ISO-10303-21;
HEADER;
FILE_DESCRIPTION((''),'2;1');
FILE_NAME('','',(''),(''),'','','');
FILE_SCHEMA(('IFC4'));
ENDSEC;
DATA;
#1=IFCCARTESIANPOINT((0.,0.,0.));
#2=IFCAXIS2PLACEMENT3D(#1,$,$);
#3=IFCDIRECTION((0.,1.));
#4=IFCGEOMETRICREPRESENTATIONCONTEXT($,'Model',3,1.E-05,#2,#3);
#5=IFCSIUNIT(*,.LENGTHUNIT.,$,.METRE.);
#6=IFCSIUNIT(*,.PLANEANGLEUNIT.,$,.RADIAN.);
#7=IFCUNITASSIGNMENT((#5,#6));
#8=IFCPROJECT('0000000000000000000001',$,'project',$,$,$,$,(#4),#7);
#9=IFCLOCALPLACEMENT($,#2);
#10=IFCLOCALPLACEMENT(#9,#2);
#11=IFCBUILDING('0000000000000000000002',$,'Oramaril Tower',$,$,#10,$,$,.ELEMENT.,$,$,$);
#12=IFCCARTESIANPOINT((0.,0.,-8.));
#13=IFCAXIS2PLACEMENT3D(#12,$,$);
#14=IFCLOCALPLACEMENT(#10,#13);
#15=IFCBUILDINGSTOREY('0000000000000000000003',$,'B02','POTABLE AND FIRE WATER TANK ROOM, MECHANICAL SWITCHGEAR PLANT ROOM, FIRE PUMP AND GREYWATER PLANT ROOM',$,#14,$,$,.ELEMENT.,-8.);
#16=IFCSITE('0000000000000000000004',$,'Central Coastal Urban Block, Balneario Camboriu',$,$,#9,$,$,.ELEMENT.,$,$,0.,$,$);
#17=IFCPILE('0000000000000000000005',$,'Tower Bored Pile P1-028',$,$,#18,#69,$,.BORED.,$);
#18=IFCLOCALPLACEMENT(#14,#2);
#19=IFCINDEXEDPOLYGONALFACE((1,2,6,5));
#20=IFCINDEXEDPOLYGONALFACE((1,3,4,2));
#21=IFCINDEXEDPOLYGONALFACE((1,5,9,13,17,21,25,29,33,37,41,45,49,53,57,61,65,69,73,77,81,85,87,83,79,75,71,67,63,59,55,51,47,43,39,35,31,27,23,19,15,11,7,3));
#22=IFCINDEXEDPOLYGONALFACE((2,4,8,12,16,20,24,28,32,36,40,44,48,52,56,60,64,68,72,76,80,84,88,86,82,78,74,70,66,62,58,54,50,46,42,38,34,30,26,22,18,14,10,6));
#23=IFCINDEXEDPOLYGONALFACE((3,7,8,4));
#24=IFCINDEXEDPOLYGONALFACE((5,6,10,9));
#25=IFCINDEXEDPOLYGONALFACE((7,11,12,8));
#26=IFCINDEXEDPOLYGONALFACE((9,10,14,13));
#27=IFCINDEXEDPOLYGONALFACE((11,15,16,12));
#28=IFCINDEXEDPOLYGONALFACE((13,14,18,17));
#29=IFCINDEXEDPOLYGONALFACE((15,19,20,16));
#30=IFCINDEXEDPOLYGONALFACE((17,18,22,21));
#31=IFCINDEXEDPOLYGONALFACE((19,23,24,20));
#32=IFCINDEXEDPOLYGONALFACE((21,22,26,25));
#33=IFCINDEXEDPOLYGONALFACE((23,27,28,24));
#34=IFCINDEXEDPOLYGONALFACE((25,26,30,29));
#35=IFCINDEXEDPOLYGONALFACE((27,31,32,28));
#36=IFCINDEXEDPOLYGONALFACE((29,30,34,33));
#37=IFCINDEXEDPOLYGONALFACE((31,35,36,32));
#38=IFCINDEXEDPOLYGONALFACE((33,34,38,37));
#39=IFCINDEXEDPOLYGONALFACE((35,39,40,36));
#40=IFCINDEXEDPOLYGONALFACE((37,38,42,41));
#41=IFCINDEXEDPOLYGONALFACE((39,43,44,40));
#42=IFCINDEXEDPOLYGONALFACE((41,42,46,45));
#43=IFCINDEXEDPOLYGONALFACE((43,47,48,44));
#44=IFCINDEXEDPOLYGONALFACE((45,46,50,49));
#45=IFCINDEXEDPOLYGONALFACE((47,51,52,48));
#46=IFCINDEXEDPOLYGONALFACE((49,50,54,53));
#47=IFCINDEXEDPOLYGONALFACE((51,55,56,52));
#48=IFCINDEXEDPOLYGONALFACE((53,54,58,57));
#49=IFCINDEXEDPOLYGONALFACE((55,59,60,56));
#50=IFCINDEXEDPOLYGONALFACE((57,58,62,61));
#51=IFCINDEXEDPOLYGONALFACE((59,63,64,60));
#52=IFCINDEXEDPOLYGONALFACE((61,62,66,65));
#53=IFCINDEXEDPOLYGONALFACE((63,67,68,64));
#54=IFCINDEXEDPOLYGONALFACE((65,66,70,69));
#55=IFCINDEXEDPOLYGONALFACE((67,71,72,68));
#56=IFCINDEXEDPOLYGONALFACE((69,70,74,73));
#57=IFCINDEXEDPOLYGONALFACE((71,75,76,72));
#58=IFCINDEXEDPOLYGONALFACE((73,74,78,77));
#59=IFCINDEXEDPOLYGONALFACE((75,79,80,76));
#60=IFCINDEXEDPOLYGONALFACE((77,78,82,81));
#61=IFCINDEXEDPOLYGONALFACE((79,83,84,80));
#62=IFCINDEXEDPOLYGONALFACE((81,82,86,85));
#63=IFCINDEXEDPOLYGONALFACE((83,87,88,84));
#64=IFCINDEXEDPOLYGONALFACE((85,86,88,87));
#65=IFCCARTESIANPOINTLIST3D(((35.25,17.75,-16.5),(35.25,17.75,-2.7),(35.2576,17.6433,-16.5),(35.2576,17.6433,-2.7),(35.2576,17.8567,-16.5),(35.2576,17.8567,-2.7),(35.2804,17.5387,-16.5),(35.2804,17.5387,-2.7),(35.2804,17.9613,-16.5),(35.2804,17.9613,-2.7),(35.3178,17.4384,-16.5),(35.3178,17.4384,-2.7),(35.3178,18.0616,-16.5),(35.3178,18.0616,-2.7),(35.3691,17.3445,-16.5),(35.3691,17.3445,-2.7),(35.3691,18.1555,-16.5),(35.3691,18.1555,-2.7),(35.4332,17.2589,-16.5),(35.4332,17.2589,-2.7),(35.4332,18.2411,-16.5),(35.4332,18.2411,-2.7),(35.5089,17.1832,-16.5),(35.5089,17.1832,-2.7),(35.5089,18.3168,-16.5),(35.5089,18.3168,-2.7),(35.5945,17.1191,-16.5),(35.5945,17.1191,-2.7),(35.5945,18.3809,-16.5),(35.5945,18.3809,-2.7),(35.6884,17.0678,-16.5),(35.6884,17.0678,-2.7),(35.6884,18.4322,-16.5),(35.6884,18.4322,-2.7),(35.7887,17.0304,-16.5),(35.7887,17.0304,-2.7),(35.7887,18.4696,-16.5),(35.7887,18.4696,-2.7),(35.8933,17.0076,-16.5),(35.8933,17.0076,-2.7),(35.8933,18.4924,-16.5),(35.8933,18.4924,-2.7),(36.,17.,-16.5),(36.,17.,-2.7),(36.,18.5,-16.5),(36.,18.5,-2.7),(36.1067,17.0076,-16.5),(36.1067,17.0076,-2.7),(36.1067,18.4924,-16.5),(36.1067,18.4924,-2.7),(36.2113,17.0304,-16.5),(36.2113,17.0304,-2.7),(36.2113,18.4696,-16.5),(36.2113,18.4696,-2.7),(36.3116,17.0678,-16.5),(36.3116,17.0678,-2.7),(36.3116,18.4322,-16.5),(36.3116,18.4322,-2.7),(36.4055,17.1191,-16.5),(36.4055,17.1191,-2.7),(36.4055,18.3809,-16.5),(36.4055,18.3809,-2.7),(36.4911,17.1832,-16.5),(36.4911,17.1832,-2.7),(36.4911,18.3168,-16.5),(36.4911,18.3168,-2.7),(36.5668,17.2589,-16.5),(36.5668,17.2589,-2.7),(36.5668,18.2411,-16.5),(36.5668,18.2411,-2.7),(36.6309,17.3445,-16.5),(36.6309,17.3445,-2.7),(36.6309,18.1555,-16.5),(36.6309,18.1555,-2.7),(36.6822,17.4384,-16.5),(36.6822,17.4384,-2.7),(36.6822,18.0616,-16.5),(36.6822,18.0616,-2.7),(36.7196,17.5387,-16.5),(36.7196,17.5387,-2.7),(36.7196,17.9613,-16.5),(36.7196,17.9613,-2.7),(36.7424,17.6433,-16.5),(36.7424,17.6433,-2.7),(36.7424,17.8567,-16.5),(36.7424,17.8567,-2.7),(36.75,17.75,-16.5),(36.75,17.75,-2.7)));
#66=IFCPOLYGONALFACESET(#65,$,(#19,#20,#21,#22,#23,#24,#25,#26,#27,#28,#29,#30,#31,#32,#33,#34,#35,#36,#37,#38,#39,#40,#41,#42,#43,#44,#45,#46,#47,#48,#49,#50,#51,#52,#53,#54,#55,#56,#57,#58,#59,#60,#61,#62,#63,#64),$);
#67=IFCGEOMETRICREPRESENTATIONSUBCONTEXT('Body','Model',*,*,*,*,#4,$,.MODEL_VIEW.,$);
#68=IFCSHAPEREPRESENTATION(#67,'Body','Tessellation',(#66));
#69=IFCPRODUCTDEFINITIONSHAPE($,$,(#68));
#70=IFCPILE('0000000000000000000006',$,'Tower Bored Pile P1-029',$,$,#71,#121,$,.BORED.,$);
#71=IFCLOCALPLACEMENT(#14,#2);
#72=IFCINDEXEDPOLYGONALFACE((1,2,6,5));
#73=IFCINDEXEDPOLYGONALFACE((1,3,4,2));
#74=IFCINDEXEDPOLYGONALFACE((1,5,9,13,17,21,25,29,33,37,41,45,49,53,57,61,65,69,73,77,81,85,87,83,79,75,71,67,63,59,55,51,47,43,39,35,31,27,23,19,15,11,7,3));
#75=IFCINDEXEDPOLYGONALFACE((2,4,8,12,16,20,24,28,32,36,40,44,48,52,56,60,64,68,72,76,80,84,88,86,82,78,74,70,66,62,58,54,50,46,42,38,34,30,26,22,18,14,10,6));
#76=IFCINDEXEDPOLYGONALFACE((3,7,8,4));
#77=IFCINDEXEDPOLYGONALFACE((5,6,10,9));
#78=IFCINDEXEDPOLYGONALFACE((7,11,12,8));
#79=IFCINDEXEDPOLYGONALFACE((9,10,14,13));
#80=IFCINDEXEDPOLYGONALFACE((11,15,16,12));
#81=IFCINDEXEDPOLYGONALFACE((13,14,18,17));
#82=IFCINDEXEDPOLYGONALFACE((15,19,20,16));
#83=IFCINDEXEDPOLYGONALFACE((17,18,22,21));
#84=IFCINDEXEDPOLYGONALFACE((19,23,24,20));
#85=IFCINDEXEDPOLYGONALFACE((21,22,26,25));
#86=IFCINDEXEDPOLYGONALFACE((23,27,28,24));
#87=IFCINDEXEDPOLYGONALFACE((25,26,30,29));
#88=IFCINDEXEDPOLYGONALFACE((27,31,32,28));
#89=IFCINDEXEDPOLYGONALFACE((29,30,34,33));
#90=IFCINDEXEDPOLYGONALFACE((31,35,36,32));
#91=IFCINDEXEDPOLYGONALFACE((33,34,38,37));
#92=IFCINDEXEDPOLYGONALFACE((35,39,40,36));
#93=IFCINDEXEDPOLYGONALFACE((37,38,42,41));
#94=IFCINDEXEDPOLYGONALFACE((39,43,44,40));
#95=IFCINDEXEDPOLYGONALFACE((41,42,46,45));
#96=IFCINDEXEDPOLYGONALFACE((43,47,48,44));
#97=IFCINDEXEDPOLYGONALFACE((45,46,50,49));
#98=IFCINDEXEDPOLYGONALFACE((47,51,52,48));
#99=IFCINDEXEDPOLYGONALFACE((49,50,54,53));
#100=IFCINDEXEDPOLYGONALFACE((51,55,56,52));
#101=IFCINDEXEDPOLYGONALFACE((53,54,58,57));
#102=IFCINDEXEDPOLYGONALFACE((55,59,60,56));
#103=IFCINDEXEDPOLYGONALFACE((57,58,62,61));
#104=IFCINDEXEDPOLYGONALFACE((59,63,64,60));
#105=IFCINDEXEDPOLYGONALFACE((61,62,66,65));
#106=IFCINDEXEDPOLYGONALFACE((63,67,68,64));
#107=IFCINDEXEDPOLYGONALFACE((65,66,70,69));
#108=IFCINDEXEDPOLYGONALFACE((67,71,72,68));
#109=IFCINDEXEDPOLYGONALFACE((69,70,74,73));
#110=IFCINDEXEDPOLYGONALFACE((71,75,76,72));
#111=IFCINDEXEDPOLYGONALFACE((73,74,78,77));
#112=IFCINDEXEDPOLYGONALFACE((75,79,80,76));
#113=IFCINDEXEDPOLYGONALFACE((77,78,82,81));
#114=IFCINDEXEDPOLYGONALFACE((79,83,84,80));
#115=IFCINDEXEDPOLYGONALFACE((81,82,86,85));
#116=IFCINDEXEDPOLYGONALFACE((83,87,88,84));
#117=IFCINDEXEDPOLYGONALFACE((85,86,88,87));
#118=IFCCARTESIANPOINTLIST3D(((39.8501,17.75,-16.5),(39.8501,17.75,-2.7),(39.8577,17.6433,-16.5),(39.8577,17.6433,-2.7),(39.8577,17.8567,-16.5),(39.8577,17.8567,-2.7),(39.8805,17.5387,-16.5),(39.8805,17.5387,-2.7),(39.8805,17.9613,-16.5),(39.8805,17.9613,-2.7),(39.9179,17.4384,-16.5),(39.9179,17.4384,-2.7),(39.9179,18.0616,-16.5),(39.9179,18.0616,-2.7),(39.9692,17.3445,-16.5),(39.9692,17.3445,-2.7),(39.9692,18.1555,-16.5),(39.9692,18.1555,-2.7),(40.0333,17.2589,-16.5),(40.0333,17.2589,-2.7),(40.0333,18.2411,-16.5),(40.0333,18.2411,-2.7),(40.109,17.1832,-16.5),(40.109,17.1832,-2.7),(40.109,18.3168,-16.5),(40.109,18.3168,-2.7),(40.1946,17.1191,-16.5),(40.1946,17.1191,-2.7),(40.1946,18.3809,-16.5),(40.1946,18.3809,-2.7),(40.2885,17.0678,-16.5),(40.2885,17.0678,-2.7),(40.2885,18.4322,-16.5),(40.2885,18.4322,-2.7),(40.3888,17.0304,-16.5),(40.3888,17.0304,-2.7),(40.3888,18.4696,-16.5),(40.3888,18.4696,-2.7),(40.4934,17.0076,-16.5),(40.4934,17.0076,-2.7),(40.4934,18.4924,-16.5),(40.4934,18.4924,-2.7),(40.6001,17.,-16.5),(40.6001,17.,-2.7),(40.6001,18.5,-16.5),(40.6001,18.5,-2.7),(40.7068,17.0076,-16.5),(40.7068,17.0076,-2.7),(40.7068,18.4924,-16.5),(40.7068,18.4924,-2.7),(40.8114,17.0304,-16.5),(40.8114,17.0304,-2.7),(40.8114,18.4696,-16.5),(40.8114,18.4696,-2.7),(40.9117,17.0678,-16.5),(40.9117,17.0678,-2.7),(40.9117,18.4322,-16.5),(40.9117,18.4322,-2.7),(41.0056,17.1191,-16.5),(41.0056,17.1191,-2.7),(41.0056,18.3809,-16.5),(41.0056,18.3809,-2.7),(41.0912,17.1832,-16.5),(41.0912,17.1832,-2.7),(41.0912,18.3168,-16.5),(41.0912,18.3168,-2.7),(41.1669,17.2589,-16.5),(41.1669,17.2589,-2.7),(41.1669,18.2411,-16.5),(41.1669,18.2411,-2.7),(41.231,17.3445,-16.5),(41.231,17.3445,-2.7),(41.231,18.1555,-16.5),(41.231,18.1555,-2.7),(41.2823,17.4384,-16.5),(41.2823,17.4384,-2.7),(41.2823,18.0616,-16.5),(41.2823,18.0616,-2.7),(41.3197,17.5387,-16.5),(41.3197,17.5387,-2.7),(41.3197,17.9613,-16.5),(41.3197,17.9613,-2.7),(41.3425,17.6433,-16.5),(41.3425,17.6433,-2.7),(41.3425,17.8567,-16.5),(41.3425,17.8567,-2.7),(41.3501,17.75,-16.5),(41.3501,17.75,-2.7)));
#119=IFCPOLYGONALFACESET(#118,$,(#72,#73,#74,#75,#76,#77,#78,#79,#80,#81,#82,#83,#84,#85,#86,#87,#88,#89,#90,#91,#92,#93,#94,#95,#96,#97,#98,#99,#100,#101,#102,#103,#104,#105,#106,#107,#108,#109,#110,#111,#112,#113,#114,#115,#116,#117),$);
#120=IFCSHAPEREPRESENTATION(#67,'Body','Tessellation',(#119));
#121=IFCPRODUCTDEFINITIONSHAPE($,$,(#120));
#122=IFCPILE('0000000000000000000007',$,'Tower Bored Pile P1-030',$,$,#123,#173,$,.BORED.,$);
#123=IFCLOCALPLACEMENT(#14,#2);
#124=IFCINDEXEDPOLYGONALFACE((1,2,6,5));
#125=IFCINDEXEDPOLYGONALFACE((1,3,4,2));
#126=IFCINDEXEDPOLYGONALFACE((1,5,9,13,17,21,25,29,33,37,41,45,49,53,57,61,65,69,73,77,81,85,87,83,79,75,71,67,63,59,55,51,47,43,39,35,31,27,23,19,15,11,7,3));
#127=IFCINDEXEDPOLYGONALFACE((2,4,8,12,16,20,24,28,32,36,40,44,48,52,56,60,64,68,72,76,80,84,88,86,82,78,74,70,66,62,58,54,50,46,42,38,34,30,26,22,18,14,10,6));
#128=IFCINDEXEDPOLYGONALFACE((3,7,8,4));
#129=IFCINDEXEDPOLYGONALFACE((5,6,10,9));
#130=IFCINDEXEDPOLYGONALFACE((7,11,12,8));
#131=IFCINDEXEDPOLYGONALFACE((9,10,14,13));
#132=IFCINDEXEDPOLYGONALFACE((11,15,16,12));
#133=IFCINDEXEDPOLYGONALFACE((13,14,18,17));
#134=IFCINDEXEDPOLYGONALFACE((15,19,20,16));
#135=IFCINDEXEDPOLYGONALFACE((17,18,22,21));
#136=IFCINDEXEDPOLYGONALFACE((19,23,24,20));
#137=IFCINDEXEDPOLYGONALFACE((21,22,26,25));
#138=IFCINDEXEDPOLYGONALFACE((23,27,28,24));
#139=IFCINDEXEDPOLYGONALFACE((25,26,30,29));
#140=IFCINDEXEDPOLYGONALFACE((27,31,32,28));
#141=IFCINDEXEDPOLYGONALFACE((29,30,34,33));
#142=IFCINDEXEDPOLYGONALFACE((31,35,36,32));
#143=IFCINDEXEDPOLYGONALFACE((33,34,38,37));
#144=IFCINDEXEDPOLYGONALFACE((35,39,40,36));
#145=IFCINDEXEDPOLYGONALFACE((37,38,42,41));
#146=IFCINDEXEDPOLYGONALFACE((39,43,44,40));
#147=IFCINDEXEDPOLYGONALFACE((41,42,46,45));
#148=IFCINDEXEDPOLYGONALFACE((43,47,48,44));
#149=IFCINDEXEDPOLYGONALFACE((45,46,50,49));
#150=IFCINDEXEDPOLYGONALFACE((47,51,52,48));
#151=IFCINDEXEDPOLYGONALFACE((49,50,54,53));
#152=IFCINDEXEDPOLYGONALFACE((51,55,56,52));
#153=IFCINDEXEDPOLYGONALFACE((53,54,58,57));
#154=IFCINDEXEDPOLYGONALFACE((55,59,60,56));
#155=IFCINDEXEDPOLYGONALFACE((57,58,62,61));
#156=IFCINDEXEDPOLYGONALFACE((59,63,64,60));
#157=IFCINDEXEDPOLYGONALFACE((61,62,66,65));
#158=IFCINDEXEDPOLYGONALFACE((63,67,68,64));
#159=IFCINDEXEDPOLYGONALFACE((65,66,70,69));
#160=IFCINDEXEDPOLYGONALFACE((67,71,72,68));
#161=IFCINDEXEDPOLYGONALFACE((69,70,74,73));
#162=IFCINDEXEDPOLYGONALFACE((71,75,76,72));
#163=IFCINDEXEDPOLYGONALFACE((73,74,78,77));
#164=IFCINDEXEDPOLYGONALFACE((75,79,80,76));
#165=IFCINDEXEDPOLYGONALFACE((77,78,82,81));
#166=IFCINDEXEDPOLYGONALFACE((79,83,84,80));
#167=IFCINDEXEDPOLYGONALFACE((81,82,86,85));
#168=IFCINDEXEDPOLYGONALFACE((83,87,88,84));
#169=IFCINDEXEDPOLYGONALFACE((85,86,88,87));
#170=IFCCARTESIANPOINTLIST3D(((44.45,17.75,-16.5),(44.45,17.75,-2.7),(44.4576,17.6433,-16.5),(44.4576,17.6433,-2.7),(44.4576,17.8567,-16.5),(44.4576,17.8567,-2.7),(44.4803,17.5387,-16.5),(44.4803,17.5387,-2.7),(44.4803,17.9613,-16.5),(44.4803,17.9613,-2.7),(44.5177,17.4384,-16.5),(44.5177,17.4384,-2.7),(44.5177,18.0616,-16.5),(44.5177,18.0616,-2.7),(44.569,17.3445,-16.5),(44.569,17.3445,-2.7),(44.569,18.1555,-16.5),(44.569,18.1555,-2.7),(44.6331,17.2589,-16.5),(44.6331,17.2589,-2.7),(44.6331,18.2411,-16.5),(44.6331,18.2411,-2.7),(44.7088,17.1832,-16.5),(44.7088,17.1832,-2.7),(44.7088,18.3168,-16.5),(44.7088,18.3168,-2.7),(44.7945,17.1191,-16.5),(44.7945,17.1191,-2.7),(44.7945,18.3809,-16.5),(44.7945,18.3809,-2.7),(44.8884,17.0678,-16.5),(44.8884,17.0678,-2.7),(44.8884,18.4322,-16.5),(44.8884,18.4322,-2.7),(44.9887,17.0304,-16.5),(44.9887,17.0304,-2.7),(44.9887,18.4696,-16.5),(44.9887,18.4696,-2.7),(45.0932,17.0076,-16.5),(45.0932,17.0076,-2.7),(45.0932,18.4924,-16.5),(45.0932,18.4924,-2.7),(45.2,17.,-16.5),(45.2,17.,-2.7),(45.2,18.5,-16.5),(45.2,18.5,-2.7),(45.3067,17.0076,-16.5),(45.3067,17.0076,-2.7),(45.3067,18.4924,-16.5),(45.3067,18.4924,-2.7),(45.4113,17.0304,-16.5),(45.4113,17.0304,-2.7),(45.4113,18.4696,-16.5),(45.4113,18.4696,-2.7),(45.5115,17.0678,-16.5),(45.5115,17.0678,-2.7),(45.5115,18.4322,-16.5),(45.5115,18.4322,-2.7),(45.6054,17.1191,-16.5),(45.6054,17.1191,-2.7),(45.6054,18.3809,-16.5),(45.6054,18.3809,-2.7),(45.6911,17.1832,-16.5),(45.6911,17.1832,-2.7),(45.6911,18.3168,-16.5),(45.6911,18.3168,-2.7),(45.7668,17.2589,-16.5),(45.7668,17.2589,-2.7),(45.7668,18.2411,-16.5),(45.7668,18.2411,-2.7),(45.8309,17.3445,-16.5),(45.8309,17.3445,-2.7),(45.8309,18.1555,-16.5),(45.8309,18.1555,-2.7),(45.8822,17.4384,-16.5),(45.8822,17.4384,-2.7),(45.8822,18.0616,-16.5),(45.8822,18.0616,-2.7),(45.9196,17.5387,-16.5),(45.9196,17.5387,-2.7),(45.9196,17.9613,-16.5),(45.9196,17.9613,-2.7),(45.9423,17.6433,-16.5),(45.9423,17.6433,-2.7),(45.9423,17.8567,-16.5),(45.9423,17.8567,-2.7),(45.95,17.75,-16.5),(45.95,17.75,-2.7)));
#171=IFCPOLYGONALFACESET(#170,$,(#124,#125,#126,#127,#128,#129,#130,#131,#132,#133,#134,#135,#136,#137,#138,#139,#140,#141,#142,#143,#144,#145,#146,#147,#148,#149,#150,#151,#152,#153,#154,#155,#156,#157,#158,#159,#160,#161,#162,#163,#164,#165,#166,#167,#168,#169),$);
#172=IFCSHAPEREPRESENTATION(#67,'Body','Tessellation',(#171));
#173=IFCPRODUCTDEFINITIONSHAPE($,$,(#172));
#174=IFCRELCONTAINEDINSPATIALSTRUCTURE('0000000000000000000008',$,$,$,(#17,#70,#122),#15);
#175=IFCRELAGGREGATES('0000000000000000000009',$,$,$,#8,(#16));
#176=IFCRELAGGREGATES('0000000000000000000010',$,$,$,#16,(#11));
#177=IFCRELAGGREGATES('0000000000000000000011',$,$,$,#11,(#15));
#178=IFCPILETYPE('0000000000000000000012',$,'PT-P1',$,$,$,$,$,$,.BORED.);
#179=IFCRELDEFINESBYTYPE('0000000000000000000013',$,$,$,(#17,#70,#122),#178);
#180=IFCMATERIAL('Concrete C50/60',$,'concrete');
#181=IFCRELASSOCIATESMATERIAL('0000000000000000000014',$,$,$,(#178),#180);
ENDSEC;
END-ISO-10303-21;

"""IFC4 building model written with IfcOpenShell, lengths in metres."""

from ifc_helpers import new_model, si_unit, direction, frame, origin, origin_2d, place, context, subcontext, project, spatial, circle, extrude, material, material_profile, profile_set, type_object, element, save


model = new_model("IFC4")

# Units and contexts
model_context = context("Model", 3, precision=1e-05, world=origin(), true_north=direction((0.0, 1.0)))
body_context = subcontext(model_context, "Body", "Model", "MODEL_VIEW")
ifc_project = project(units=[si_unit("LENGTHUNIT", "METRE"), si_unit("PLANEANGLEUNIT", "RADIAN")], contexts=[model_context])

# Site, building, storey
site_placement = place(None, origin())
site = spatial("IfcSite", under=ifc_project, at=site_placement, Name="Central Coastal Urban Block, Balneario Camboriu", CompositionType="ELEMENT", RefElevation=0.0)
building_placement = place(site_placement, origin())
building = spatial("IfcBuilding", under=site, at=building_placement, Name="Oramaril Tower", CompositionType="ELEMENT")
storey_placement = place(building_placement, frame((0.0, 0.0, -8.0)))
storey = spatial("IfcBuildingStorey", under=building, at=storey_placement, Name="B02", Description="POTABLE AND FIRE WATER TANK ROOM, MECHANICAL SWITCHGEAR PLANT ROOM, FIRE PUMP AND GREYWATER PLANT ROOM", CompositionType="ELEMENT", Elevation=-8.0)

# Piles
ifc_material_1 = material(Name="Concrete C50/60", Category="concrete")
ifc_material_profile = material_profile(ifc_material_1, circle(Radius=0.75, at=origin_2d()), Name="D1500")
ifc_profile_set = profile_set([ifc_material_profile], Name="Concrete C50/60")
pile_type = type_object("IfcPileType", Name="PT-P1", PredefinedType="BORED", material=ifc_profile_set)
for number, where, z_axis, x_axis, name in (
    (1, (36.0, 17.75, -2.7), (0.0, 0.0, -1.0), (1.0, 0.0, 0.0), "Tower Bored Pile P1-028"),
    (2, (40.6001, 17.75, -2.7), (0.0, 0.0, -1.0), (1.0, 0.0, 0.0), "Tower Bored Pile P1-029"),
    (3, (45.2, 17.75, -2.7), (0.0, 0.0, -1.0), (1.0, 0.0, 0.0), "Tower Bored Pile P1-030"),
):
    element("IfcPile", number, at=place(storey_placement, frame(where, z_axis=z_axis, x_axis=x_axis)), inside=storey, type_object=pile_type, Name=name, PredefinedType="BORED", context=body_context, shape_type="SweptSolid", body=[
        extrude(circle(Radius=0.75, at=origin_2d()), origin(), (0.0, 0.0, 1.0), 13.8),
    ])

save(model, "model.ifc")
